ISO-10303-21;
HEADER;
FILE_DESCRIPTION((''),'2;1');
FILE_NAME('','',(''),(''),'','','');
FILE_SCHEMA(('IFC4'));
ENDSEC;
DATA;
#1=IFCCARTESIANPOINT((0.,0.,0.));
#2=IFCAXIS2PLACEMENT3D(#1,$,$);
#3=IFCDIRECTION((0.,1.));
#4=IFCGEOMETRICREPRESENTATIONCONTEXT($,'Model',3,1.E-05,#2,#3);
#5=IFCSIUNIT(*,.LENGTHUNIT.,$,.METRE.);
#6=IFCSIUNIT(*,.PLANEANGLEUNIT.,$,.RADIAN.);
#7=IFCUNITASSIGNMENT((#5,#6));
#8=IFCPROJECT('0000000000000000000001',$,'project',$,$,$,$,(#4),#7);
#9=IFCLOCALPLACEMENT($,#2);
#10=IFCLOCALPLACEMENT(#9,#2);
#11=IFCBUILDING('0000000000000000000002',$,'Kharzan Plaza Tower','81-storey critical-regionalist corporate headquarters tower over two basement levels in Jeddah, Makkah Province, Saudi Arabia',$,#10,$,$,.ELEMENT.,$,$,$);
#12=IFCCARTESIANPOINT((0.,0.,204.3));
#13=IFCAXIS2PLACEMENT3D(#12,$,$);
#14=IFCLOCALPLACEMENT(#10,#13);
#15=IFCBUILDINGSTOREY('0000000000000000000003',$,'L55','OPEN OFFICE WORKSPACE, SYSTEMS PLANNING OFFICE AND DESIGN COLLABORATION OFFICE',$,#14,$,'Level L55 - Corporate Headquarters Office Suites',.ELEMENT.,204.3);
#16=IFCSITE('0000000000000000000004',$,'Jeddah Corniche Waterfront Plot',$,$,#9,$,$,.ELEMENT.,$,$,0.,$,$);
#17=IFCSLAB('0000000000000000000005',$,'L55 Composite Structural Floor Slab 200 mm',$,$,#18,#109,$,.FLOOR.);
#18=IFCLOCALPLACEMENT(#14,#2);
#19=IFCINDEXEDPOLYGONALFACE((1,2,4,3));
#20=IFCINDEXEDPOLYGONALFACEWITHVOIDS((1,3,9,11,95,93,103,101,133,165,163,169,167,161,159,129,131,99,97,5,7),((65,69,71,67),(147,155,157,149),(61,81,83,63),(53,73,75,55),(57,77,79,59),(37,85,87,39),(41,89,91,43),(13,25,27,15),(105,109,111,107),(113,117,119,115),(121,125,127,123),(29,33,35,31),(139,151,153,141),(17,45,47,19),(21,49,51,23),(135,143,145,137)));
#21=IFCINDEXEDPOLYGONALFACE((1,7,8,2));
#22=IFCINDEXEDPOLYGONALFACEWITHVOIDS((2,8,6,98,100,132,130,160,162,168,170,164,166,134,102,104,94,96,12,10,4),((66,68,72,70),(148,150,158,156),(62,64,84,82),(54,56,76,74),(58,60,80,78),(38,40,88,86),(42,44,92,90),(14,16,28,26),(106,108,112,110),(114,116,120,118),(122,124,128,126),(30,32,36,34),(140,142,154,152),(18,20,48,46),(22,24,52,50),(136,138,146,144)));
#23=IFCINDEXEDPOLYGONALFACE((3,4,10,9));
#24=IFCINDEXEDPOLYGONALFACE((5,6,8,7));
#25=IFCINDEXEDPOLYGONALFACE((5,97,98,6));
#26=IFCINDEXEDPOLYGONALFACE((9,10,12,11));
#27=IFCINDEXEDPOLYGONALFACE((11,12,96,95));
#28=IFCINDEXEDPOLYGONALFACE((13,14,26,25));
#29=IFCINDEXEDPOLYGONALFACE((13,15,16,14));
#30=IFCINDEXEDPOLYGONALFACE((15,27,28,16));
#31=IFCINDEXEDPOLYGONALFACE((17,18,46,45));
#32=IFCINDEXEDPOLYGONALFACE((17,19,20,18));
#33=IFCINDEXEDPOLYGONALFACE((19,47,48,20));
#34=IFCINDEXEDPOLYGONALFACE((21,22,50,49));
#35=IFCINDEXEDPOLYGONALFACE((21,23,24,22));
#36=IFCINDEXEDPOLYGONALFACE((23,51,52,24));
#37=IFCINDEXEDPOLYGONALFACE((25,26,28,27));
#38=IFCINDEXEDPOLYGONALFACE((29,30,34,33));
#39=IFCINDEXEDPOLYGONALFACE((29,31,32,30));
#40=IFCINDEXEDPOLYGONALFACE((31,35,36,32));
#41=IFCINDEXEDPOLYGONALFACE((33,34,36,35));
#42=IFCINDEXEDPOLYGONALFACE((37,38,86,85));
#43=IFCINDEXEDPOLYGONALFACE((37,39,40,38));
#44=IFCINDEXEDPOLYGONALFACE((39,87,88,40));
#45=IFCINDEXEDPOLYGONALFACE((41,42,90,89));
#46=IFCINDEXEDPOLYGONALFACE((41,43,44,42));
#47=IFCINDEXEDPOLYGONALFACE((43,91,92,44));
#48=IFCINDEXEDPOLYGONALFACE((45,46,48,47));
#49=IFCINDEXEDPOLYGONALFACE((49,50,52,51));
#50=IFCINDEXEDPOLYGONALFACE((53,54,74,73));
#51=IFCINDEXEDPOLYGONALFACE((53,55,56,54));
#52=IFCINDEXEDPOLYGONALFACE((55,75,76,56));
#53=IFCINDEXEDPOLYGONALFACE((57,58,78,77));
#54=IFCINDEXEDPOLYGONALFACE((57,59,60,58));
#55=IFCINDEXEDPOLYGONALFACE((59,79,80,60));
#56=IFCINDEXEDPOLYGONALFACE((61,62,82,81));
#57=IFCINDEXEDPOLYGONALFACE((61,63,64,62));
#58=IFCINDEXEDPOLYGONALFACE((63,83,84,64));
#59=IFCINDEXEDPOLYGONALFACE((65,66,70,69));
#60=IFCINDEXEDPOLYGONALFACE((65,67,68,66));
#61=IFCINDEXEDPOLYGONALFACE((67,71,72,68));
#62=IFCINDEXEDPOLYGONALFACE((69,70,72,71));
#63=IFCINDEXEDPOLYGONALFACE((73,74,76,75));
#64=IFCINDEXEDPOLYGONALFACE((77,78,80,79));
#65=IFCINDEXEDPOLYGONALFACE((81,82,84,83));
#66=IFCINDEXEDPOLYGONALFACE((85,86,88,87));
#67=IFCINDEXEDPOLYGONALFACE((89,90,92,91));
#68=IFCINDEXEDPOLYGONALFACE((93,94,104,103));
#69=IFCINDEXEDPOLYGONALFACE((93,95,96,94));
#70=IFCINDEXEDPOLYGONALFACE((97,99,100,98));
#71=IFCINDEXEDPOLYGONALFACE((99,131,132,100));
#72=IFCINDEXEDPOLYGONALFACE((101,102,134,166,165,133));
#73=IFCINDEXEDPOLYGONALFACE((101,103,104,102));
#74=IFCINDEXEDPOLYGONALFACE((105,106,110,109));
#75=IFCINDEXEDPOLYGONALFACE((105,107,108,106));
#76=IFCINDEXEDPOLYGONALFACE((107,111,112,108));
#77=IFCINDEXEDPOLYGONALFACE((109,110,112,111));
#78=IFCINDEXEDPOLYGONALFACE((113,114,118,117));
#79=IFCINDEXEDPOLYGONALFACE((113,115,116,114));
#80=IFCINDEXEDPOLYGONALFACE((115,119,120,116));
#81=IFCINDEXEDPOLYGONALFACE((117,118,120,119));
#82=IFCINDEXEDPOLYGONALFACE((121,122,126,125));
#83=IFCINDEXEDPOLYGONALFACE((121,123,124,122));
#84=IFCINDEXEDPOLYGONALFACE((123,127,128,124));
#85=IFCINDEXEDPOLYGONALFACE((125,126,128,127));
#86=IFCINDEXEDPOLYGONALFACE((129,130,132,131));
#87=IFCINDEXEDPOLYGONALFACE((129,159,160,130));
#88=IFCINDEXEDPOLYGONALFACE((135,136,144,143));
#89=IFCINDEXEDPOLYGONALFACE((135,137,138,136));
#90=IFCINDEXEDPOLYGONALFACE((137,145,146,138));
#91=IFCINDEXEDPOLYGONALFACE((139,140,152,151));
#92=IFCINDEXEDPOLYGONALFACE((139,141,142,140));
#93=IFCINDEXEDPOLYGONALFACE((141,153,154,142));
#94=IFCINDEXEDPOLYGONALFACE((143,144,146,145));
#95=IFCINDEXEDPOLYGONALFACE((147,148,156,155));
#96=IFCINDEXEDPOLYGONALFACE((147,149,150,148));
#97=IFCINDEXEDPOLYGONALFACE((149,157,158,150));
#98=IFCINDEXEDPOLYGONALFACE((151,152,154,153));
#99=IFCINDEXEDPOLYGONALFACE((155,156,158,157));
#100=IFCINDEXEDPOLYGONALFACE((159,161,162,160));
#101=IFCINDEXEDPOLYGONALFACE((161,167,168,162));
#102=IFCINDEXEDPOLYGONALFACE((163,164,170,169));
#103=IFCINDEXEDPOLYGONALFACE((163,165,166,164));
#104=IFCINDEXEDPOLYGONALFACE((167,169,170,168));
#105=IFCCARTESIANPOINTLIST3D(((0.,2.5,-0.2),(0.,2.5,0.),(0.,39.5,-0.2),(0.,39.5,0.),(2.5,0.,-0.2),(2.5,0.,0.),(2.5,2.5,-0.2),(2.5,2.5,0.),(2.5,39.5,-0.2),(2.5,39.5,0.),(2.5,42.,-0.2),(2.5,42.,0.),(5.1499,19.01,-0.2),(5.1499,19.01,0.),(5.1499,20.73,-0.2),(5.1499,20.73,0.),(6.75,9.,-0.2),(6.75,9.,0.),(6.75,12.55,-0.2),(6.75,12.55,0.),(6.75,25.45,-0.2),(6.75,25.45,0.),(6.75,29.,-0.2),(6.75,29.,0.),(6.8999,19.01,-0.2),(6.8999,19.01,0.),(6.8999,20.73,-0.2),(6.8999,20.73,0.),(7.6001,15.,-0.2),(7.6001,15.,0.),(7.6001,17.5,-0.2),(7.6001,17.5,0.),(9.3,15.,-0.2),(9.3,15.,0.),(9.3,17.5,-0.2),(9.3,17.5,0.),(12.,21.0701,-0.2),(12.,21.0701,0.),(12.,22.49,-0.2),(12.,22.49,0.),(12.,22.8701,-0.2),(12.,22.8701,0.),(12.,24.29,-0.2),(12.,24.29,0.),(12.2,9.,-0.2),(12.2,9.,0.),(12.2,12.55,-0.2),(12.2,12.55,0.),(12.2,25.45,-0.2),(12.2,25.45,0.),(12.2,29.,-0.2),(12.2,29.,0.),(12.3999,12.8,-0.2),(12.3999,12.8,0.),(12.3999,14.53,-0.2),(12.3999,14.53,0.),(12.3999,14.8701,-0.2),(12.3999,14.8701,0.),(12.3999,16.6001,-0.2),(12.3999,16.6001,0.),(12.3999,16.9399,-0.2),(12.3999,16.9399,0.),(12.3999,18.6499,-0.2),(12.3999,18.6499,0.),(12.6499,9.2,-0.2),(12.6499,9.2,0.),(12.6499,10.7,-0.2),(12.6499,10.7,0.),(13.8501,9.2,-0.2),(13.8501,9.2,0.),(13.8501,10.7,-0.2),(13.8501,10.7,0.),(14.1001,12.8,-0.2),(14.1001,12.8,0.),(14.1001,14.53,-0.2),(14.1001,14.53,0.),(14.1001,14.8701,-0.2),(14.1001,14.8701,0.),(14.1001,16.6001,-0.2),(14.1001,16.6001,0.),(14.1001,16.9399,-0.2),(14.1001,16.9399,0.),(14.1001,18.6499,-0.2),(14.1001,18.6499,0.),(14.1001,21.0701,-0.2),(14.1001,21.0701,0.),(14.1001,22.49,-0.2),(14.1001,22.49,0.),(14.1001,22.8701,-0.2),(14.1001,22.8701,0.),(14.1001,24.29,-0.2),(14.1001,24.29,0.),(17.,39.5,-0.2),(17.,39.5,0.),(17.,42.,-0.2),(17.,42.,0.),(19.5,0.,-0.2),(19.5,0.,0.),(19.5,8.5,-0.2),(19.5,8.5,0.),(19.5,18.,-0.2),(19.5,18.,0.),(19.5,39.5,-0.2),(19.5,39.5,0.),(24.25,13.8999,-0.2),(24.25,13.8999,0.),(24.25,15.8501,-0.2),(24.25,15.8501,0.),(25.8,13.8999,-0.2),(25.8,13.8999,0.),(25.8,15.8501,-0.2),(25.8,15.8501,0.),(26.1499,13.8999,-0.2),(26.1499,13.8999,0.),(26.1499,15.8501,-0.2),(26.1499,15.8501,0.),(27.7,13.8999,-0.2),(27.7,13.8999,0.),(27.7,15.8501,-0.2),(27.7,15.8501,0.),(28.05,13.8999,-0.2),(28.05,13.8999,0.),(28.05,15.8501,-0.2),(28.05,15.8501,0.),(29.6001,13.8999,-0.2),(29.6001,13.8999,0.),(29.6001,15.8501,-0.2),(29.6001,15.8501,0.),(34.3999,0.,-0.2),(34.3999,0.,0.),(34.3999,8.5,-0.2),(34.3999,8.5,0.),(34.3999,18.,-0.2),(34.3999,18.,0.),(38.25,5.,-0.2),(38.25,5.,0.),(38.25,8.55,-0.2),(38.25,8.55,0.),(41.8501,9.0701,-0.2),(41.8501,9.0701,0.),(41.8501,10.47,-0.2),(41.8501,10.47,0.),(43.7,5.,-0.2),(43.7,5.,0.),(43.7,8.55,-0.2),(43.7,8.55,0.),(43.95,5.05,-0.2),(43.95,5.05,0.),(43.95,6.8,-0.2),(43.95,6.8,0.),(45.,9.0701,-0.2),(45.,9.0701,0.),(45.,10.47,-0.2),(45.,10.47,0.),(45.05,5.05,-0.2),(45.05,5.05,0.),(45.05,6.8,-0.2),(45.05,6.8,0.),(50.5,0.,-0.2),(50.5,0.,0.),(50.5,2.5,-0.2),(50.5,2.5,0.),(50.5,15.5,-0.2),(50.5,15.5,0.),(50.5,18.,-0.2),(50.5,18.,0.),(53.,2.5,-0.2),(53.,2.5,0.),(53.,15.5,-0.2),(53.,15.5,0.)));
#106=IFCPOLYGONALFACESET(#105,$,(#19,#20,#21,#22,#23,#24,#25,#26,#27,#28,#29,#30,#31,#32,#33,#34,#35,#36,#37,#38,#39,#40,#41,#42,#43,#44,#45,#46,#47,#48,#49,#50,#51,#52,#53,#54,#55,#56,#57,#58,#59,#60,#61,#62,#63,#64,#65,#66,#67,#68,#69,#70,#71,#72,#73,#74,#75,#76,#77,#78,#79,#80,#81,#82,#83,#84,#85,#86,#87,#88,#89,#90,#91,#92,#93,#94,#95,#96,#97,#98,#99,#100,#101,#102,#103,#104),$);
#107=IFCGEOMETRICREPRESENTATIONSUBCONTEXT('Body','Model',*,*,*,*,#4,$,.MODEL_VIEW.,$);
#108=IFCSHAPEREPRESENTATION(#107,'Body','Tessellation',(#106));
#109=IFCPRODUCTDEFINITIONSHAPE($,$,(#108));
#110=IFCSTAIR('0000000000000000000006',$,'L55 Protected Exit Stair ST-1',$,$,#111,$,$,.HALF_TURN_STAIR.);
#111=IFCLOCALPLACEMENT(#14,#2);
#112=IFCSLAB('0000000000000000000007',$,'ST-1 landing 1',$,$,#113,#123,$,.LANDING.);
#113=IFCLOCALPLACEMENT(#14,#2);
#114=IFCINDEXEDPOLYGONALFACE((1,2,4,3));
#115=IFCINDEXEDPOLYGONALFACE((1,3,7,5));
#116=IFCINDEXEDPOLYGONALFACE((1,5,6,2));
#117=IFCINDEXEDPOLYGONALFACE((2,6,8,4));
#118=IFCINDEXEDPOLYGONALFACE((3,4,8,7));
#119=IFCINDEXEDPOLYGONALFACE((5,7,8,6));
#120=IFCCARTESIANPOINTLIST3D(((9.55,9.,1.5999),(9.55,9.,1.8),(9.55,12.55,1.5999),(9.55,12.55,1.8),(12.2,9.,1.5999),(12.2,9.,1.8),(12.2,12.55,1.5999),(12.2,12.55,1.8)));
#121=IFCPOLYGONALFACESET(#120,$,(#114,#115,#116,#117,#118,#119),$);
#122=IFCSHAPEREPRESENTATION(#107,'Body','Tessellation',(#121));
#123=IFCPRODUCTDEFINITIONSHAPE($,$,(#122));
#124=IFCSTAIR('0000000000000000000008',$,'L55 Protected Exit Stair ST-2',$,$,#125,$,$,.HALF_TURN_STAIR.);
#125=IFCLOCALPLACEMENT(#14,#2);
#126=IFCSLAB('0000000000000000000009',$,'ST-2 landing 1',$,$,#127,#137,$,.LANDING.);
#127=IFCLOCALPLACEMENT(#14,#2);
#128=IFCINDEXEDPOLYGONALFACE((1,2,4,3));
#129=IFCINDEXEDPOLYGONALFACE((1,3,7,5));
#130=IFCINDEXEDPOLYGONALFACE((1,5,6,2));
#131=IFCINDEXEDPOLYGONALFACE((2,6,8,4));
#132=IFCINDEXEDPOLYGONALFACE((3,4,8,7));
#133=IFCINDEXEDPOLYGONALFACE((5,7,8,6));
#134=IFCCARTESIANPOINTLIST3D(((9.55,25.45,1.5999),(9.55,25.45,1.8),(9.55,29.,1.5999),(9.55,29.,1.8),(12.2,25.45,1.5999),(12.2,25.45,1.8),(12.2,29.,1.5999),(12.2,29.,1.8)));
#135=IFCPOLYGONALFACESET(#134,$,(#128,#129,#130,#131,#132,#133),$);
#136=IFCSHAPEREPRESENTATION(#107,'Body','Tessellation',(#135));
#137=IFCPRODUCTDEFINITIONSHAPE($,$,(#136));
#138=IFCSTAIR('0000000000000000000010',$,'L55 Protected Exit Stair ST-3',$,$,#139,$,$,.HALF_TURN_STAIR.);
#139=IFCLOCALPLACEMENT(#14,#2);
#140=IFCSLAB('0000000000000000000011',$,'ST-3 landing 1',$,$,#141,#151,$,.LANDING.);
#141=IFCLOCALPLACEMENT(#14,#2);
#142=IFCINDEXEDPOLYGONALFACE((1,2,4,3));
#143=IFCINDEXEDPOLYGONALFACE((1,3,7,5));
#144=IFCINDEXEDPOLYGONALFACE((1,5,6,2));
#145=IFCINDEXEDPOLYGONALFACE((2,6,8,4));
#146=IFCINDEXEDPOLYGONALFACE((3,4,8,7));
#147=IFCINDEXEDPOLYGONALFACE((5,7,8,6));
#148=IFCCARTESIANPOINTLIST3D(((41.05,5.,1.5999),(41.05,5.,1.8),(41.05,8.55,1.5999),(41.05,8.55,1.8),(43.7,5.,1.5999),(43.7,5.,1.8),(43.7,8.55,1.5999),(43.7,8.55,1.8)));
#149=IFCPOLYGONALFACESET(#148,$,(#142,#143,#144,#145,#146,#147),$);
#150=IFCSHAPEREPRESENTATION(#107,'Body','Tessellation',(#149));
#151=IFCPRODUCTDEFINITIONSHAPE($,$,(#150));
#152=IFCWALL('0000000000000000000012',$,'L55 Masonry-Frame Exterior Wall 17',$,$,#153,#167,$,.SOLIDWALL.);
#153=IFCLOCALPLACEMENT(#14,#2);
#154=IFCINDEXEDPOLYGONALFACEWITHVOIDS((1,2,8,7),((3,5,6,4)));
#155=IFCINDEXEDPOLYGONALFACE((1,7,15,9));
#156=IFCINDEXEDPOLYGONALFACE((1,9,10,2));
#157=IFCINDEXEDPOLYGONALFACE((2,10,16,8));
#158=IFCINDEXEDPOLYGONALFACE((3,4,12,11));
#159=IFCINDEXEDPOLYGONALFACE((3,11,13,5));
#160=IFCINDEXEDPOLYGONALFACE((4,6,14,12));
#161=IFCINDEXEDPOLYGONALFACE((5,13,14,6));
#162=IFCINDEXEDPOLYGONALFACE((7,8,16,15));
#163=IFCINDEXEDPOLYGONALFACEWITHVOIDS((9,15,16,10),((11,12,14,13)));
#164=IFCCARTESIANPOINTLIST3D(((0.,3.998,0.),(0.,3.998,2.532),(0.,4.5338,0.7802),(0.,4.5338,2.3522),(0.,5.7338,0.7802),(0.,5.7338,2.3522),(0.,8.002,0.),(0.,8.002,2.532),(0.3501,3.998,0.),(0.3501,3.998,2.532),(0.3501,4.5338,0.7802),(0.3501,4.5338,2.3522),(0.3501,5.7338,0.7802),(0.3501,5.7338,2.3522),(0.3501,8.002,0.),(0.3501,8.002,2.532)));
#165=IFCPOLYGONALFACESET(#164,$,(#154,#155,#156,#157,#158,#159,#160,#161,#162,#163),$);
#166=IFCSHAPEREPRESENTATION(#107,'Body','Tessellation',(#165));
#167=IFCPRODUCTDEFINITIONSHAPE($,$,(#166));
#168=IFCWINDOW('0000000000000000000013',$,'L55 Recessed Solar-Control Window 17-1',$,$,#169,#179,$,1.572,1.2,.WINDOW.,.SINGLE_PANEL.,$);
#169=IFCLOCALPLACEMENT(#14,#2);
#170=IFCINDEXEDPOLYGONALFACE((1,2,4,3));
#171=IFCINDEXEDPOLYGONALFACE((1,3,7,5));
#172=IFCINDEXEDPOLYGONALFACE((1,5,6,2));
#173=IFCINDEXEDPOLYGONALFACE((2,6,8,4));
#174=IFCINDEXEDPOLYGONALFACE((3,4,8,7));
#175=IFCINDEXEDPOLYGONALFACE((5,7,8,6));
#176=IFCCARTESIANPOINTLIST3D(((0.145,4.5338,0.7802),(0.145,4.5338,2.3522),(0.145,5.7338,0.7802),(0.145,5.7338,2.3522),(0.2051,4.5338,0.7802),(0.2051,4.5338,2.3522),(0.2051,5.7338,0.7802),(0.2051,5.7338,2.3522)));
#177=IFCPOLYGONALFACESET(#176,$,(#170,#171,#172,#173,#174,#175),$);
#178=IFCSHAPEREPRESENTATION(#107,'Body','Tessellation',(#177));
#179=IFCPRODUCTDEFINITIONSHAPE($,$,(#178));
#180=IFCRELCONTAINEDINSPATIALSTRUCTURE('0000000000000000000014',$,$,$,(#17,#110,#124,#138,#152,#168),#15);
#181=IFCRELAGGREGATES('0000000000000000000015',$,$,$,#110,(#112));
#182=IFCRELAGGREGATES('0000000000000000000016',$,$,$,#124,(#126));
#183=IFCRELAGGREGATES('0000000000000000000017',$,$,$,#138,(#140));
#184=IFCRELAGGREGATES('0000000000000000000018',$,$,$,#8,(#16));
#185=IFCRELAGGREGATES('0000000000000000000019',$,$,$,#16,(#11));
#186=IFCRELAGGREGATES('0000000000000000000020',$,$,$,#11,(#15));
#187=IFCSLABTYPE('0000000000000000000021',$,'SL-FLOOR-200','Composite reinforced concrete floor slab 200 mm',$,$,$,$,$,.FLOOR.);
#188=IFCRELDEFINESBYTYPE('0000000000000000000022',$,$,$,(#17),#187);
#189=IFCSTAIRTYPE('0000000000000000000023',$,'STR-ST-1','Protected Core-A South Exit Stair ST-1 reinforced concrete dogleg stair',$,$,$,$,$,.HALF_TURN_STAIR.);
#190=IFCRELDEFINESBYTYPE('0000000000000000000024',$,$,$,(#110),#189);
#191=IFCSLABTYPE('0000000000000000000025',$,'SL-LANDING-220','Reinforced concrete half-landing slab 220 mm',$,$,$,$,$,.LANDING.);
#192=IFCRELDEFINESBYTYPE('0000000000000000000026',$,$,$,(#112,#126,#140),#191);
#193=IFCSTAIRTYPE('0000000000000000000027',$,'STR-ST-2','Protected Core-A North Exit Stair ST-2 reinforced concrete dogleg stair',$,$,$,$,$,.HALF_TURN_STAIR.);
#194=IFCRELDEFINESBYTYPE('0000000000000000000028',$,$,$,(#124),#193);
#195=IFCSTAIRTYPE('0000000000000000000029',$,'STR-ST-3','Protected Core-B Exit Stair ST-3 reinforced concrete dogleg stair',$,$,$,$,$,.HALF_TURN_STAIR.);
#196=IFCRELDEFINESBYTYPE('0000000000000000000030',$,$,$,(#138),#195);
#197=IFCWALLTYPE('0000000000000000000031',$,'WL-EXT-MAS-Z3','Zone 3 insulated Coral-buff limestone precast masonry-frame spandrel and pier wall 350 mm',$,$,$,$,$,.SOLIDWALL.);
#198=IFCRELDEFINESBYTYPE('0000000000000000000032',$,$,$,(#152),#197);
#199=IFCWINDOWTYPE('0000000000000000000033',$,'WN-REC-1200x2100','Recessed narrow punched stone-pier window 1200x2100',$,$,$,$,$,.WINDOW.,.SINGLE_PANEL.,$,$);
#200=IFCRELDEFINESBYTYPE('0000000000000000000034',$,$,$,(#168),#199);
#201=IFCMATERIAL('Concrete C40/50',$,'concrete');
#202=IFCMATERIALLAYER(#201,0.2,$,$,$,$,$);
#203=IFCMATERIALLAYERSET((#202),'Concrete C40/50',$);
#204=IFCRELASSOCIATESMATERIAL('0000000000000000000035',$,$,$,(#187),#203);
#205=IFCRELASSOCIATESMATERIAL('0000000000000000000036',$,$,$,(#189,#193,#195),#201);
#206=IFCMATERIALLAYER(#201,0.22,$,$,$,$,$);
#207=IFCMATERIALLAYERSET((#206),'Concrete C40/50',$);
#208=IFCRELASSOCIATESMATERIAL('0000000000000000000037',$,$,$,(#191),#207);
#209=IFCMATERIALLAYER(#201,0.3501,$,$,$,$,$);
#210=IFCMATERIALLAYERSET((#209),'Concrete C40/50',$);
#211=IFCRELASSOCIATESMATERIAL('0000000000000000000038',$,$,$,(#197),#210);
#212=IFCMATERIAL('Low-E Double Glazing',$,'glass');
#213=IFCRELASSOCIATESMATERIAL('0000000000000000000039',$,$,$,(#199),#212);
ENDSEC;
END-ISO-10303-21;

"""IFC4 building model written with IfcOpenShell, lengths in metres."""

from ifc_helpers import new_model, si_unit, direction, frame, frame_2d, origin, place, context, subcontext, project, spatial, polyline, rectangle, outline, extrude, source, transform, mapped, material, layer, layer_set, type_object, element, fill, aggregate, save


model = new_model("IFC4")

# Units and contexts
model_context = context("Model", 3, precision=1e-05, world=origin(), true_north=direction((0.0, 1.0)))
body_context = subcontext(model_context, "Body", "Model", "MODEL_VIEW")
ifc_project = project(units=[si_unit("LENGTHUNIT", "METRE"), si_unit("PLANEANGLEUNIT", "RADIAN")], contexts=[model_context])

# Site, building, storey
site_placement = place(None, origin())
site = spatial("IfcSite", under=ifc_project, at=site_placement, Name="Jeddah Corniche Waterfront Plot", CompositionType="ELEMENT", RefElevation=0.0)
building_placement = place(site_placement, origin())
building = spatial("IfcBuilding", under=site, at=building_placement, Name="Kharzan Plaza Tower", Description="81-storey critical-regionalist corporate headquarters tower over two basement levels in Jeddah, Makkah Province, Saudi Arabia", CompositionType="ELEMENT")
storey_placement = place(building_placement, frame((0.0, 0.0, 204.3)))
storey = spatial("IfcBuildingStorey", under=building, at=storey_placement, Name="L55", Description="OPEN OFFICE WORKSPACE, SYSTEMS PLANNING OFFICE AND DESIGN COLLABORATION OFFICE", LongName="Level L55 - Corporate Headquarters Office Suites", CompositionType="ELEMENT", Elevation=204.3)

# Slab
ifc_material_1 = material(Name="Concrete C40/50", Category="concrete")
ifc_layer_1 = layer(ifc_material_1, 0.2)
ifc_layer_set_1 = layer_set([ifc_layer_1], Name="Concrete C40/50")
slab_type_1 = type_object("IfcSlabType", Name="SL-FLOOR-200", Description="Composite reinforced concrete floor slab 200 mm", PredefinedType="FLOOR", material=ifc_layer_set_1)
slab_1_placement = place(storey_placement, frame((0.0, 0.0, -0.2)))
element("IfcSlab", 1, at=slab_1_placement, inside=storey, type_object=slab_type_1, Name="L55 Composite Structural Floor Slab 200 mm", PredefinedType="FLOOR", context=body_context, shape_type="SweptSolid", body=[
    extrude(outline(polyline([(34.3999, 18.0), (19.5, 18.0), (19.5, 39.5), (17.0, 39.5), (17.0, 42.0), (2.5, 42.0), (2.5, 39.5), (0.0, 39.5), (0.0, 2.5), (2.5, 2.5), (2.5, 0.0), (19.5, 0.0), (19.5, 8.5), (34.3999, 8.5), (34.3999, 0.0), (50.5, 0.0), (50.5, 2.5), (53.0, 2.5), (53.0, 15.5), (50.5, 15.5), (50.5, 18.0), (34.3999, 18.0)]), holes=[polyline([(12.2, 9.0), (12.2, 12.55), (6.75, 12.55), (6.75, 9.0), (12.2, 9.0)]), polyline([(14.1001, 12.8), (14.1001, 14.53), (12.3999, 14.53), (12.3999, 12.8), (14.1001, 12.8)]), polyline([(14.1001, 14.8701), (14.1001, 16.6001), (12.3999, 16.6001), (12.3999, 14.8701), (14.1001, 14.8701)]), polyline([(9.3, 15.0), (9.3, 17.5), (7.6001, 17.5), (7.6001, 15.0), (9.3, 15.0)]), polyline([(6.8999, 19.01), (6.8999, 20.73), (5.1499, 20.73), (5.1499, 19.01), (6.8999, 19.01)]), polyline([(14.1001, 21.0701), (14.1001, 22.49), (12.0, 22.49), (12.0, 21.0701), (14.1001, 21.0701)]), polyline([(14.1001, 22.8701), (14.1001, 24.29), (12.0, 24.29), (12.0, 22.8701), (14.1001, 22.8701)]), polyline([(12.2, 25.45), (12.2, 29.0), (6.75, 29.0), (6.75, 25.45), (12.2, 25.45)]), polyline([(45.05, 5.05), (45.05, 6.8), (43.95, 6.8), (43.95, 5.05), (45.05, 5.05)]), polyline([(43.7, 5.0), (43.7, 8.55), (38.25, 8.55), (38.25, 5.0), (43.7, 5.0)]), polyline([(45.0, 9.0701), (45.0, 10.47), (41.8501, 10.47), (41.8501, 9.0701), (45.0, 9.0701)]), polyline([(13.8501, 9.2), (13.8501, 10.7), (12.6499, 10.7), (12.6499, 9.2), (13.8501, 9.2)]), polyline([(25.8, 13.8999), (25.8, 15.8501), (24.25, 15.8501), (24.25, 13.8999), (25.8, 13.8999)]), polyline([(27.7, 13.8999), (27.7, 15.8501), (26.1499, 15.8501), (26.1499, 13.8999), (27.7, 13.8999)]), polyline([(29.6001, 13.8999), (29.6001, 15.8501), (28.05, 15.8501), (28.05, 13.8999), (29.6001, 13.8999)]), polyline([(14.1001, 16.9399), (14.1001, 18.6499), (12.3999, 18.6499), (12.3999, 16.9399), (14.1001, 16.9399)])]), origin(), (0.0, 0.0, 1.0), 0.2),
])

# Stairs, slabs
stair_type_1 = type_object("IfcStairType", Name="STR-ST-1", Description="Protected Core-A South Exit Stair ST-1 reinforced concrete dogleg stair", PredefinedType="HALF_TURN_STAIR", material=ifc_material_1)
stair_1_placement = place(storey_placement, origin())
stair_1 = element("IfcStair", 2, at=stair_1_placement, inside=storey, type_object=stair_type_1, Name="L55 Protected Exit Stair ST-1", PredefinedType="HALF_TURN_STAIR")
ifc_layer_2 = layer(ifc_material_1, 0.22)
ifc_layer_set_2 = layer_set([ifc_layer_2], Name="Concrete C40/50")
slab_type_2 = type_object("IfcSlabType", Name="SL-LANDING-220", Description="Reinforced concrete half-landing slab 220 mm", PredefinedType="LANDING", material=ifc_layer_set_2)
slab_2_placement = place(storey_placement, frame((0.0, 0.0, 1.5999)))
slab_2 = element("IfcSlab", 3, at=slab_2_placement, type_object=slab_type_2, Name="ST-1 landing 1", PredefinedType="LANDING", context=body_context, shape_type="SweptSolid", body=[
    extrude(outline(polyline([(9.55, 9.0), (12.2, 9.0), (12.2, 12.55), (9.55, 12.55), (9.55, 9.0)])), origin(), (0.0, 0.0, 1.0), 0.2002),
])
aggregate(stair_1, [slab_2])
stair_type_2 = type_object("IfcStairType", Name="STR-ST-2", Description="Protected Core-A North Exit Stair ST-2 reinforced concrete dogleg stair", PredefinedType="HALF_TURN_STAIR", material=ifc_material_1)
stair_2_placement = place(storey_placement, origin())
stair_2 = element("IfcStair", 4, at=stair_2_placement, inside=storey, type_object=stair_type_2, Name="L55 Protected Exit Stair ST-2", PredefinedType="HALF_TURN_STAIR")
slab_3_placement = place(storey_placement, frame((0.0, 0.0, 1.5999)))
slab_3 = element("IfcSlab", 5, at=slab_3_placement, type_object=slab_type_2, Name="ST-2 landing 1", PredefinedType="LANDING", context=body_context, shape_type="SweptSolid", body=[
    extrude(outline(polyline([(9.55, 25.45), (12.2, 25.45), (12.2, 29.0), (9.55, 29.0), (9.55, 25.45)])), origin(), (0.0, 0.0, 1.0), 0.2002),
])
aggregate(stair_2, [slab_3])
stair_type_3 = type_object("IfcStairType", Name="STR-ST-3", Description="Protected Core-B Exit Stair ST-3 reinforced concrete dogleg stair", PredefinedType="HALF_TURN_STAIR", material=ifc_material_1)
stair_3_placement = place(storey_placement, origin())
stair_3 = element("IfcStair", 6, at=stair_3_placement, inside=storey, type_object=stair_type_3, Name="L55 Protected Exit Stair ST-3", PredefinedType="HALF_TURN_STAIR")
slab_4_placement = place(storey_placement, frame((0.0, 0.0, 1.5999)))
slab_4 = element("IfcSlab", 7, at=slab_4_placement, type_object=slab_type_2, Name="ST-3 landing 1", PredefinedType="LANDING", context=body_context, shape_type="SweptSolid", body=[
    extrude(outline(polyline([(41.05, 5.0), (43.7, 5.0), (43.7, 8.55), (41.05, 8.55), (41.05, 5.0)])), origin(), (0.0, 0.0, 1.0), 0.2002),
])
aggregate(stair_3, [slab_4])

# Wall, opening, window
ifc_layer_3 = layer(ifc_material_1, 0.3501)
ifc_layer_set_3 = layer_set([ifc_layer_3], Name="Concrete C40/50")
wall_type_1 = type_object("IfcWallType", Name="WL-EXT-MAS-Z3", Description="Zone 3 insulated Coral-buff limestone precast masonry-frame spandrel and pier wall 350 mm", PredefinedType="SOLIDWALL", material=ifc_layer_set_3)
wall_1_placement = place(storey_placement, frame((0.175, 8.002, 0.0), z_axis=(0.0, 0.0, 1.0), x_axis=(0.0, -1.0, 0.0)))
wall_1 = element("IfcWall", 8, at=wall_1_placement, inside=storey, type_object=wall_type_1, Name="L55 Masonry-Frame Exterior Wall 17", PredefinedType="SOLIDWALL", context=body_context, shape_type="SweptSolid", body=[
    extrude(rectangle(XDim=4.0039, YDim=0.3501, at=frame_2d((2.002, 0.0))), origin(), (0.0, 0.0, 1.0), 2.532),
])
opening_1_placement = place(wall_1_placement, frame((2.2681, 0.0, 0.78)))
opening_1 = element("IfcOpeningElement", 9, at=opening_1_placement, cuts=wall_1, PredefinedType="OPENING", context=body_context, shape_type="SweptSolid", body=[
    extrude(rectangle(XDim=1.2, YDim=1.572, at=frame_2d((0.6001, 0.7861))), frame((0.0, 0.1851, 0.0), z_axis=(0.0, -1.0, 0.0), x_axis=(1.0, 0.0, 0.0)), (0.0, 0.0, 1.0), 0.3701),
])
ifc_material_2 = material(Name="Low-E Double Glazing", Category="glass")
window_type_1 = type_object("IfcWindowType", Name="WN-REC-1200x2100", Description="Recessed narrow punched stone-pier window 1200x2100", PartitioningType="SINGLE_PANEL", PredefinedType="WINDOW", material=ifc_material_2)
shared_shape_1 = source(origin(), body_context, "Body", "SweptSolid", [
    extrude(rectangle(XDim=1.2, YDim=1.572, at=frame_2d((0.6001, 0.7861))), frame((0.0, 0.03, 0.0), z_axis=(0.0, -1.0, 0.0), x_axis=(1.0, 0.0, 0.0)), (0.0, 0.0, 1.0), 0.0601),
])
window_1_placement = place(opening_1_placement, origin())
window_1 = element("IfcWindow", 10, at=window_1_placement, inside=storey, type_object=window_type_1, Name="L55 Recessed Solar-Control Window 17-1", OverallHeight=1.572, OverallWidth=1.2, PartitioningType="SINGLE_PANEL", PredefinedType="WINDOW", context=body_context, shape_type="MappedRepresentation", body=[
    mapped(shared_shape_1, transform((0.0, 0.0, 0.0), x_axis=(1.0, 0.0, 0.0), y_axis=(0.0, 1.0, 0.0), z_axis=(0.0, 0.0, 1.0))),
])
fill(opening_1, window_1)

save(model, "model.ifc")
